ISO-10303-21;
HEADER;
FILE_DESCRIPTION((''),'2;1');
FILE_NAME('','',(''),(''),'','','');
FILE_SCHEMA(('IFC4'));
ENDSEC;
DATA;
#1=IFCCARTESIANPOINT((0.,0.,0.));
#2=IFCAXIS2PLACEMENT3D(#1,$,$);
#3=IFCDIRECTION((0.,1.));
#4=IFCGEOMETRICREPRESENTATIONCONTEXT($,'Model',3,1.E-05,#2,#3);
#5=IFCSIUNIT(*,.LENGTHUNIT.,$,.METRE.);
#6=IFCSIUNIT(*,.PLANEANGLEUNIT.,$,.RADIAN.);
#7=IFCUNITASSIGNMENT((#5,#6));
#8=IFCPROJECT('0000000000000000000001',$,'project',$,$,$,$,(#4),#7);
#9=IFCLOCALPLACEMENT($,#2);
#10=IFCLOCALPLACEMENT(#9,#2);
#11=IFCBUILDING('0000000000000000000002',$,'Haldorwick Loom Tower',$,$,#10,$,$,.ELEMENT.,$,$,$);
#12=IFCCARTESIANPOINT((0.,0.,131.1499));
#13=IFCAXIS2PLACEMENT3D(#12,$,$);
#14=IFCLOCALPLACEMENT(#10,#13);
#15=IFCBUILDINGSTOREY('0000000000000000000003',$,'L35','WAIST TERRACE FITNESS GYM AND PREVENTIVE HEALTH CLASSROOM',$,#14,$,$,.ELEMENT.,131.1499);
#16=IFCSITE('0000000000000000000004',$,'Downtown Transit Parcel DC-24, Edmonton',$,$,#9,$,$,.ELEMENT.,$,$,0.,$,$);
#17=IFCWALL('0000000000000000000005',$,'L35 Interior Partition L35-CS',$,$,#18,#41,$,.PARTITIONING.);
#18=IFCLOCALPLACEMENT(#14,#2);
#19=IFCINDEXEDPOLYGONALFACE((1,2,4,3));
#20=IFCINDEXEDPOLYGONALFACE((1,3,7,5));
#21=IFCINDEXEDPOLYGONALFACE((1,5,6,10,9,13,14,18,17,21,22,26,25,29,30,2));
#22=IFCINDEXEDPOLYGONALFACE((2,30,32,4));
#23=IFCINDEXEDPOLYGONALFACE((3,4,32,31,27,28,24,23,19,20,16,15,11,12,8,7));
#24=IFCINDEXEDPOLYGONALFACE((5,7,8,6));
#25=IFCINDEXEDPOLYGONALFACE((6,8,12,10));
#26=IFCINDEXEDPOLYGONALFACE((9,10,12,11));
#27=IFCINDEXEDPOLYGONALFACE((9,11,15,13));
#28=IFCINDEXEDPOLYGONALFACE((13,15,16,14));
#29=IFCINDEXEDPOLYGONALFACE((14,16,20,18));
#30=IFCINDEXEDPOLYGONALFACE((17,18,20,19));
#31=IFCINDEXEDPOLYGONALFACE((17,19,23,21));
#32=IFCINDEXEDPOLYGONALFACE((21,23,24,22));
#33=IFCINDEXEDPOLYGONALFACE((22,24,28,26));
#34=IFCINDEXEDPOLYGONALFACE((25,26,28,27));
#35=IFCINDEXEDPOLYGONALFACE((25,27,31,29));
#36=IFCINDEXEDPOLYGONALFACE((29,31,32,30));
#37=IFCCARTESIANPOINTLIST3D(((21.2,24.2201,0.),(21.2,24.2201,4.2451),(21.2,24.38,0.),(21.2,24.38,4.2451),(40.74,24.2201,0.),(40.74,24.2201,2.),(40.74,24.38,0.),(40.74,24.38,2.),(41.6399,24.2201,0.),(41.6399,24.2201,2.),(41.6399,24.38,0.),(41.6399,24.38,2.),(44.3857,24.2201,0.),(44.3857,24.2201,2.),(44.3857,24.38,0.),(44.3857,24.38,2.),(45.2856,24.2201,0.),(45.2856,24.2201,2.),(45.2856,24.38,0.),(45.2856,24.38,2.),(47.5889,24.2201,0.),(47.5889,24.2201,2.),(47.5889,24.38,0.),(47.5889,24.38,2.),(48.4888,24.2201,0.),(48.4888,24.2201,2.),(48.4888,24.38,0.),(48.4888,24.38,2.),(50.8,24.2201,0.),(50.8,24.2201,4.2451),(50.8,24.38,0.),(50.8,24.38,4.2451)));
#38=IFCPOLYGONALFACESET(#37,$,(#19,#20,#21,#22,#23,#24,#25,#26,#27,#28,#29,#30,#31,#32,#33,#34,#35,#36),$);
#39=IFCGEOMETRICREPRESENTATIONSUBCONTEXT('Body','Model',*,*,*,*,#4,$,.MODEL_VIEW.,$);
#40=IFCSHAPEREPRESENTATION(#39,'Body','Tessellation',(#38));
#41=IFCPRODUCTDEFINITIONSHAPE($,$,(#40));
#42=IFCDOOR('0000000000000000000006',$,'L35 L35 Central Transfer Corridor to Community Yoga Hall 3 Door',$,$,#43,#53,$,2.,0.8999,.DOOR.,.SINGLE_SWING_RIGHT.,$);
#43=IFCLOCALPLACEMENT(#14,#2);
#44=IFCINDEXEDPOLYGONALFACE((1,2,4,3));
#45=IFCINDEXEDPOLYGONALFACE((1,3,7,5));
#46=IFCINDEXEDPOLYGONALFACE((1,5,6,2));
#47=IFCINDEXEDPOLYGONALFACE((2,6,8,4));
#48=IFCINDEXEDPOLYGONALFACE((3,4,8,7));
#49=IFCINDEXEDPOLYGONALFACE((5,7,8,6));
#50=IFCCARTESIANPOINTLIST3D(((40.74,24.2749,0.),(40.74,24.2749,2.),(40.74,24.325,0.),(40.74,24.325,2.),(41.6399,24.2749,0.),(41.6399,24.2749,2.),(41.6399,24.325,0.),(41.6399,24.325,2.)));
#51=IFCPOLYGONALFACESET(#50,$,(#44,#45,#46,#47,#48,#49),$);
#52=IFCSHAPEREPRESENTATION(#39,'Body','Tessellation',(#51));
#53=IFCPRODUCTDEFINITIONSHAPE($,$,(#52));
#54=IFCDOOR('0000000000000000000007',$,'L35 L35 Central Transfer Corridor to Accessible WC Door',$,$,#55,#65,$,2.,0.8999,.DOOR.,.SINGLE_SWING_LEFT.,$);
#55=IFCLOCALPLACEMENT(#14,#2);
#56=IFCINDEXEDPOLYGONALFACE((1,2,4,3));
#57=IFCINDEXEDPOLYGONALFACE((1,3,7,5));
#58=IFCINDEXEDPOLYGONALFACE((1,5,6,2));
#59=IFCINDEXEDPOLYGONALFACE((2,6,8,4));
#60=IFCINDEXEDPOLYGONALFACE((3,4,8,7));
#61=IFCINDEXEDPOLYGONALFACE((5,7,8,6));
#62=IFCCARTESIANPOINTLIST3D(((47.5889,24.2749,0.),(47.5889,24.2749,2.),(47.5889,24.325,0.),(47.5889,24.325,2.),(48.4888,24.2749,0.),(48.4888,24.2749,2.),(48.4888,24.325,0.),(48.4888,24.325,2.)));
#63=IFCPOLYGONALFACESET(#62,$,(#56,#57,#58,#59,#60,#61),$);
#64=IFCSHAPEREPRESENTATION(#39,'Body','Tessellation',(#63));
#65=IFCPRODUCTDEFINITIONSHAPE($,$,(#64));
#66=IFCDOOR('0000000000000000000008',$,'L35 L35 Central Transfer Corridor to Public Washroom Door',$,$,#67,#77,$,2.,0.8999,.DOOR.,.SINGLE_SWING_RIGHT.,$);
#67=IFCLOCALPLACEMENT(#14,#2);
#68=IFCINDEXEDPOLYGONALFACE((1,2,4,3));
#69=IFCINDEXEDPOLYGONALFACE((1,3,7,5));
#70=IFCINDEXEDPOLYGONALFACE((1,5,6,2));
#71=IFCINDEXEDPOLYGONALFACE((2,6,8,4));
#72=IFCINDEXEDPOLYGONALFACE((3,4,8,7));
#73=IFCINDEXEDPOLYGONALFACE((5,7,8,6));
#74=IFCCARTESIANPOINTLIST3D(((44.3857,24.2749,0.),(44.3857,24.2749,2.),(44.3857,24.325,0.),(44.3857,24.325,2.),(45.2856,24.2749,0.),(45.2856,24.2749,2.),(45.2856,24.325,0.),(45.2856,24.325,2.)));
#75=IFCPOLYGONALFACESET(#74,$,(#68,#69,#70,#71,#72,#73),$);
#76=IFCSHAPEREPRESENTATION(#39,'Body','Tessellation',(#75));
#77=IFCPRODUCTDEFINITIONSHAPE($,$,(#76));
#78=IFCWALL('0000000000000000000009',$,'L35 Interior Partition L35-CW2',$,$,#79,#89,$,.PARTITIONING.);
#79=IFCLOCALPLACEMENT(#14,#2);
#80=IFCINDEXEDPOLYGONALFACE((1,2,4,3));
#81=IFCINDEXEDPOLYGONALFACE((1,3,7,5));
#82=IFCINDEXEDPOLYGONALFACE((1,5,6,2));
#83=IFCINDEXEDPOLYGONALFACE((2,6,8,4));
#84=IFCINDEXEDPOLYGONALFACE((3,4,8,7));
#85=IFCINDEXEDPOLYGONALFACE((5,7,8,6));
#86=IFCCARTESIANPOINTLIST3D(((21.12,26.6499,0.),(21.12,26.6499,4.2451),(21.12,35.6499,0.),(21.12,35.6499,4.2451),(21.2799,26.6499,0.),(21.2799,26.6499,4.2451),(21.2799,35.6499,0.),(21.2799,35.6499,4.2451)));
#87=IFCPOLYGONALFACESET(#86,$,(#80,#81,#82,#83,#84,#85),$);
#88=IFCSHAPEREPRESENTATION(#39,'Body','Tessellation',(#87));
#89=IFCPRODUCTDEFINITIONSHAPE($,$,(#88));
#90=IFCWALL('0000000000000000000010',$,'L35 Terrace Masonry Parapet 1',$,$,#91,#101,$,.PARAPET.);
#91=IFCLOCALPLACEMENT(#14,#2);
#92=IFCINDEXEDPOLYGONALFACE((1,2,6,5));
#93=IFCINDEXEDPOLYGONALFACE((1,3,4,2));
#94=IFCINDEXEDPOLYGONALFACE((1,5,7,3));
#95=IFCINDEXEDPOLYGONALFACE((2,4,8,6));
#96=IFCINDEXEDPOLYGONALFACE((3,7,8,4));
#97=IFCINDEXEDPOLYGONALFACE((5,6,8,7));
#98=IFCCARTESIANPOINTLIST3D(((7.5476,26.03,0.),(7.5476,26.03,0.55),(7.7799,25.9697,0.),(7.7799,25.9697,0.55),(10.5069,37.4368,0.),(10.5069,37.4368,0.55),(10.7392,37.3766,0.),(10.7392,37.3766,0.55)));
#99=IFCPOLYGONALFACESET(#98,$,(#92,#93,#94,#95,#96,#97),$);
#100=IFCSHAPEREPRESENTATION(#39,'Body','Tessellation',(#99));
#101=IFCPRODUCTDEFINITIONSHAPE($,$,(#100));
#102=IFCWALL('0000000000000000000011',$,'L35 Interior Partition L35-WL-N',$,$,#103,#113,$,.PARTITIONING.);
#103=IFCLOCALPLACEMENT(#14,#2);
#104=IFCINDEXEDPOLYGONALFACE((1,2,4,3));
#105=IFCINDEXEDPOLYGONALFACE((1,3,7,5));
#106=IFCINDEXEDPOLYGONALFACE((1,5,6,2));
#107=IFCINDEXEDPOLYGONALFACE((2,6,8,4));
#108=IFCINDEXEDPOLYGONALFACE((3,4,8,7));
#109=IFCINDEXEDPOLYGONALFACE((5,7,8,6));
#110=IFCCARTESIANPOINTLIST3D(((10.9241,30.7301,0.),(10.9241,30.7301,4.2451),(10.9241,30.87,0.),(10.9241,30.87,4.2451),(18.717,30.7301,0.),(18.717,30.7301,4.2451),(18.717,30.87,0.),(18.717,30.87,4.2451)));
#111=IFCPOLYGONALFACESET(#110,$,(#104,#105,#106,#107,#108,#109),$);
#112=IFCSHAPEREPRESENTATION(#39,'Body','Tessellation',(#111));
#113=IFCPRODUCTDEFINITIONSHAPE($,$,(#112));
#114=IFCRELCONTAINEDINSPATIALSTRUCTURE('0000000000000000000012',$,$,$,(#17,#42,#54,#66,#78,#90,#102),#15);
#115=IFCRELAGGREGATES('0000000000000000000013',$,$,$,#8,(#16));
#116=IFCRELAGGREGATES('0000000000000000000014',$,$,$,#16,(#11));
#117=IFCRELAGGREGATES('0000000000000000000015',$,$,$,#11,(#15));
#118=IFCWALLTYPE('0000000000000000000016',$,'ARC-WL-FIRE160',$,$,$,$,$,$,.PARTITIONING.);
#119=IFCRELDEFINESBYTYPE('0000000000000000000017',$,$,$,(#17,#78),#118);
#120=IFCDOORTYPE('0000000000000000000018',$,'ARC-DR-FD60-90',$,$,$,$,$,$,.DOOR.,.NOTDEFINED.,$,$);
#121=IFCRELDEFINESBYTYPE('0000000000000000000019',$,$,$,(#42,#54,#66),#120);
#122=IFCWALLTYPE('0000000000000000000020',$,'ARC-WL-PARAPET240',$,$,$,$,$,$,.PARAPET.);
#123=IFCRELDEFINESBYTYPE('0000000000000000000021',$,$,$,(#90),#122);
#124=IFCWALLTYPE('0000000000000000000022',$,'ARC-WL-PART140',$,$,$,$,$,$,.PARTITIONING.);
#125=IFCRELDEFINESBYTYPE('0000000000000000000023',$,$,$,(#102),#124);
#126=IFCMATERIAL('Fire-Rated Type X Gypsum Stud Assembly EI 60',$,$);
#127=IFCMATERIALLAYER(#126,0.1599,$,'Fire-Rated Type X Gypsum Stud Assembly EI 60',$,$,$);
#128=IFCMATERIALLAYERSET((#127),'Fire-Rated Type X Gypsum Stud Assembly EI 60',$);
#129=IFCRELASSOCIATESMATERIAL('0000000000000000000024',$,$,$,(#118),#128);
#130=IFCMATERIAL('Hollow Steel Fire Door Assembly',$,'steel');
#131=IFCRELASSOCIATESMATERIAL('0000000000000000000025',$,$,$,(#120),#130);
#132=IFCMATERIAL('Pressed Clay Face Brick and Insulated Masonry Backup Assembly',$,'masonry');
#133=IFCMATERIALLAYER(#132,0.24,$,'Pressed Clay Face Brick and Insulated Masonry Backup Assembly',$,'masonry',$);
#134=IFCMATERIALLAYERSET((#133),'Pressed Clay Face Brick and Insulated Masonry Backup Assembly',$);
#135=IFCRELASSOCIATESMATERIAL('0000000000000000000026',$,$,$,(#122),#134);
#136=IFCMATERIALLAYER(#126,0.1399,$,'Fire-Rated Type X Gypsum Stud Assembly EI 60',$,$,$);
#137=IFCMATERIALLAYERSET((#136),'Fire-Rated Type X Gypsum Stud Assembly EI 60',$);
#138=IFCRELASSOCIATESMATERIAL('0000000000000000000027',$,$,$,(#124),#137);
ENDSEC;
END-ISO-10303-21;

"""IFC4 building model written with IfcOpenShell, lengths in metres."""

from ifc_helpers import new_model, si_unit, direction, frame, frame_2d, origin, place, context, subcontext, project, spatial, rectangle, extrude, material, layer, layer_set, type_object, element, fill, save


model = new_model("IFC4")

# Units and contexts
model_context = context("Model", 3, precision=1e-05, world=origin(), true_north=direction((0.0, 1.0)))
body_context = subcontext(model_context, "Body", "Model", "MODEL_VIEW")
ifc_project = project(units=[si_unit("LENGTHUNIT", "METRE"), si_unit("PLANEANGLEUNIT", "RADIAN")], contexts=[model_context])

# Site, building, storey
site_placement = place(None, origin())
site = spatial("IfcSite", under=ifc_project, at=site_placement, Name="Downtown Transit Parcel DC-24, Edmonton", CompositionType="ELEMENT", RefElevation=0.0)
building_placement = place(site_placement, origin())
building = spatial("IfcBuilding", under=site, at=building_placement, Name="Haldorwick Loom Tower", CompositionType="ELEMENT")
storey_placement = place(building_placement, frame((0.0, 0.0, 131.1499)))
storey = spatial("IfcBuildingStorey", under=building, at=storey_placement, Name="L35", Description="WAIST TERRACE FITNESS GYM AND PREVENTIVE HEALTH CLASSROOM", CompositionType="ELEMENT", Elevation=131.1499)

# Shared definitions
ifc_material_1 = material(Name="Pressed Clay Face Brick and Insulated Masonry Backup Assembly", Category="masonry")

# Wall, openings, doors
ifc_material_2 = material(Name="Fire-Rated Type X Gypsum Stud Assembly EI 60")
ifc_layer_1 = layer(ifc_material_2, 0.1599, Name="Fire-Rated Type X Gypsum Stud Assembly EI 60")
ifc_layer_set_1 = layer_set([ifc_layer_1], Name="Fire-Rated Type X Gypsum Stud Assembly EI 60")
wall_type_1 = type_object("IfcWallType", Name="ARC-WL-FIRE160", PredefinedType="PARTITIONING", material=ifc_layer_set_1)
wall_1_placement = place(storey_placement, frame((21.2, 24.3, 0.0), z_axis=(0.0, 0.0, 1.0), x_axis=(1.0, 0.0, 0.0)))
wall_1 = element("IfcWall", 1, at=wall_1_placement, inside=storey, type_object=wall_type_1, Name="L35 Interior Partition L35-CS", PredefinedType="PARTITIONING", context=body_context, shape_type="SweptSolid", body=[
    extrude(rectangle(XDim=29.6001, YDim=0.1599, at=frame_2d((14.8, 0.0))), origin(), (0.0, 0.0, 1.0), 4.2451),
])
opening_1_placement = place(wall_1_placement, frame((19.54, 0.0, 0.0)))
opening_1 = element("IfcOpeningElement", 2, at=opening_1_placement, cuts=wall_1, PredefinedType="OPENING", context=body_context, shape_type="SweptSolid", body=[
    extrude(rectangle(XDim=0.8999, YDim=2.0, at=frame_2d((0.45, 1.0))), frame((0.0, 0.0898, 0.0), z_axis=(0.0, -1.0, 0.0), x_axis=(1.0, 0.0, 0.0)), (0.0, 0.0, 1.0), 0.1799),
])
opening_2_placement = place(wall_1_placement, frame((26.3889, 0.0, 0.0)))
opening_2 = element("IfcOpeningElement", 3, at=opening_2_placement, cuts=wall_1, PredefinedType="OPENING", context=body_context, shape_type="SweptSolid", body=[
    extrude(rectangle(XDim=0.8999, YDim=2.0, at=frame_2d((0.45, 1.0))), frame((0.0, 0.0898, 0.0), z_axis=(0.0, -1.0, 0.0), x_axis=(1.0, 0.0, 0.0)), (0.0, 0.0, 1.0), 0.1799),
])
opening_3_placement = place(wall_1_placement, frame((23.1858, 0.0, 0.0)))
opening_3 = element("IfcOpeningElement", 4, at=opening_3_placement, cuts=wall_1, PredefinedType="OPENING", context=body_context, shape_type="SweptSolid", body=[
    extrude(rectangle(XDim=0.8999, YDim=2.0, at=frame_2d((0.45, 1.0))), frame((0.0, 0.0898, 0.0), z_axis=(0.0, -1.0, 0.0), x_axis=(1.0, 0.0, 0.0)), (0.0, 0.0, 1.0), 0.1799),
])
ifc_material_3 = material(Name="Hollow Steel Fire Door Assembly", Category="steel")
door_type_1 = type_object("IfcDoorType", Name="ARC-DR-FD60-90", OperationType="NOTDEFINED", PredefinedType="DOOR", material=ifc_material_3)
door_1_placement = place(opening_1_placement, origin())
door_1 = element("IfcDoor", 5, at=door_1_placement, inside=storey, type_object=door_type_1, Name="L35 L35 Central Transfer Corridor to Community Yoga Hall 3 Door", OperationType="SINGLE_SWING_RIGHT", OverallHeight=2.0, OverallWidth=0.8999, PredefinedType="DOOR", context=body_context, shape_type="SweptSolid", body=[
    extrude(rectangle(XDim=0.8999, YDim=2.0, at=frame_2d((0.45, 1.0))), frame((0.0, 0.0249, 0.0), z_axis=(0.0, -1.0, 0.0), x_axis=(1.0, 0.0, 0.0)), (0.0, 0.0, 1.0), 0.05),
])
fill(opening_1, door_1)
door_2_placement = place(opening_2_placement, origin())
door_2 = element("IfcDoor", 6, at=door_2_placement, inside=storey, type_object=door_type_1, Name="L35 L35 Central Transfer Corridor to Accessible WC Door", OperationType="SINGLE_SWING_LEFT", OverallHeight=2.0, OverallWidth=0.8999, PredefinedType="DOOR", context=body_context, shape_type="SweptSolid", body=[
    extrude(rectangle(XDim=0.8999, YDim=2.0, at=frame_2d((0.45, 1.0))), frame((0.0, 0.0249, 0.0), z_axis=(0.0, -1.0, 0.0), x_axis=(1.0, 0.0, 0.0)), (0.0, 0.0, 1.0), 0.05),
])
fill(opening_2, door_2)
door_3_placement = place(opening_3_placement, origin())
door_3 = element("IfcDoor", 7, at=door_3_placement, inside=storey, type_object=door_type_1, Name="L35 L35 Central Transfer Corridor to Public Washroom Door", OperationType="SINGLE_SWING_RIGHT", OverallHeight=2.0, OverallWidth=0.8999, PredefinedType="DOOR", context=body_context, shape_type="SweptSolid", body=[
    extrude(rectangle(XDim=0.8999, YDim=2.0, at=frame_2d((0.45, 1.0))), frame((0.0, 0.0249, 0.0), z_axis=(0.0, -1.0, 0.0), x_axis=(1.0, 0.0, 0.0)), (0.0, 0.0, 1.0), 0.05),
])
fill(opening_3, door_3)

# Walls
wall_2_placement = place(storey_placement, frame((21.2, 26.6499, 0.0), z_axis=(0.0, 0.0, 1.0), x_axis=(0.0, 1.0, 0.0)))
element("IfcWall", 8, at=wall_2_placement, inside=storey, type_object=wall_type_1, Name="L35 Interior Partition L35-CW2", PredefinedType="PARTITIONING", context=body_context, shape_type="SweptSolid", body=[
    extrude(rectangle(XDim=9.0, YDim=0.1599, at=frame_2d((4.5, 0.0))), origin(), (0.0, 0.0, 1.0), 4.2451),
])
ifc_layer_2 = layer(ifc_material_1, 0.24, Name="Pressed Clay Face Brick and Insulated Masonry Backup Assembly", Category="masonry")
ifc_layer_set_2 = layer_set([ifc_layer_2], Name="Pressed Clay Face Brick and Insulated Masonry Backup Assembly")
wall_type_2 = type_object("IfcWallType", Name="ARC-WL-PARAPET240", PredefinedType="PARAPET", material=ifc_layer_set_2)
wall_3_placement = place(storey_placement, frame((7.6638, 26.0, 0.0), z_axis=(0.0, 0.0, 1.0), x_axis=(0.251115, 0.967957, 0.0)))
element("IfcWall", 9, at=wall_3_placement, inside=storey, type_object=wall_type_2, Name="L35 Terrace Masonry Parapet 1", PredefinedType="PARAPET", context=body_context, shape_type="SweptSolid", body=[
    extrude(rectangle(XDim=11.7844, YDim=0.24, at=frame_2d((5.8921, 0.0))), origin(), (0.0, 0.0, 1.0), 0.55),
])
ifc_layer_3 = layer(ifc_material_2, 0.1399, Name="Fire-Rated Type X Gypsum Stud Assembly EI 60")
ifc_layer_set_3 = layer_set([ifc_layer_3], Name="Fire-Rated Type X Gypsum Stud Assembly EI 60")
wall_type_3 = type_object("IfcWallType", Name="ARC-WL-PART140", PredefinedType="PARTITIONING", material=ifc_layer_set_3)
wall_4_placement = place(storey_placement, frame((10.9241, 30.8, 0.0), z_axis=(0.0, 0.0, 1.0), x_axis=(1.0, 0.0, 0.0)))
element("IfcWall", 10, at=wall_4_placement, inside=storey, type_object=wall_type_3, Name="L35 Interior Partition L35-WL-N", PredefinedType="PARTITIONING", context=body_context, shape_type="SweptSolid", body=[
    extrude(rectangle(XDim=7.793, YDim=0.1399, at=frame_2d((3.8965, 0.0))), origin(), (0.0, 0.0, 1.0), 4.2451),
])

save(model, "model.ifc")
